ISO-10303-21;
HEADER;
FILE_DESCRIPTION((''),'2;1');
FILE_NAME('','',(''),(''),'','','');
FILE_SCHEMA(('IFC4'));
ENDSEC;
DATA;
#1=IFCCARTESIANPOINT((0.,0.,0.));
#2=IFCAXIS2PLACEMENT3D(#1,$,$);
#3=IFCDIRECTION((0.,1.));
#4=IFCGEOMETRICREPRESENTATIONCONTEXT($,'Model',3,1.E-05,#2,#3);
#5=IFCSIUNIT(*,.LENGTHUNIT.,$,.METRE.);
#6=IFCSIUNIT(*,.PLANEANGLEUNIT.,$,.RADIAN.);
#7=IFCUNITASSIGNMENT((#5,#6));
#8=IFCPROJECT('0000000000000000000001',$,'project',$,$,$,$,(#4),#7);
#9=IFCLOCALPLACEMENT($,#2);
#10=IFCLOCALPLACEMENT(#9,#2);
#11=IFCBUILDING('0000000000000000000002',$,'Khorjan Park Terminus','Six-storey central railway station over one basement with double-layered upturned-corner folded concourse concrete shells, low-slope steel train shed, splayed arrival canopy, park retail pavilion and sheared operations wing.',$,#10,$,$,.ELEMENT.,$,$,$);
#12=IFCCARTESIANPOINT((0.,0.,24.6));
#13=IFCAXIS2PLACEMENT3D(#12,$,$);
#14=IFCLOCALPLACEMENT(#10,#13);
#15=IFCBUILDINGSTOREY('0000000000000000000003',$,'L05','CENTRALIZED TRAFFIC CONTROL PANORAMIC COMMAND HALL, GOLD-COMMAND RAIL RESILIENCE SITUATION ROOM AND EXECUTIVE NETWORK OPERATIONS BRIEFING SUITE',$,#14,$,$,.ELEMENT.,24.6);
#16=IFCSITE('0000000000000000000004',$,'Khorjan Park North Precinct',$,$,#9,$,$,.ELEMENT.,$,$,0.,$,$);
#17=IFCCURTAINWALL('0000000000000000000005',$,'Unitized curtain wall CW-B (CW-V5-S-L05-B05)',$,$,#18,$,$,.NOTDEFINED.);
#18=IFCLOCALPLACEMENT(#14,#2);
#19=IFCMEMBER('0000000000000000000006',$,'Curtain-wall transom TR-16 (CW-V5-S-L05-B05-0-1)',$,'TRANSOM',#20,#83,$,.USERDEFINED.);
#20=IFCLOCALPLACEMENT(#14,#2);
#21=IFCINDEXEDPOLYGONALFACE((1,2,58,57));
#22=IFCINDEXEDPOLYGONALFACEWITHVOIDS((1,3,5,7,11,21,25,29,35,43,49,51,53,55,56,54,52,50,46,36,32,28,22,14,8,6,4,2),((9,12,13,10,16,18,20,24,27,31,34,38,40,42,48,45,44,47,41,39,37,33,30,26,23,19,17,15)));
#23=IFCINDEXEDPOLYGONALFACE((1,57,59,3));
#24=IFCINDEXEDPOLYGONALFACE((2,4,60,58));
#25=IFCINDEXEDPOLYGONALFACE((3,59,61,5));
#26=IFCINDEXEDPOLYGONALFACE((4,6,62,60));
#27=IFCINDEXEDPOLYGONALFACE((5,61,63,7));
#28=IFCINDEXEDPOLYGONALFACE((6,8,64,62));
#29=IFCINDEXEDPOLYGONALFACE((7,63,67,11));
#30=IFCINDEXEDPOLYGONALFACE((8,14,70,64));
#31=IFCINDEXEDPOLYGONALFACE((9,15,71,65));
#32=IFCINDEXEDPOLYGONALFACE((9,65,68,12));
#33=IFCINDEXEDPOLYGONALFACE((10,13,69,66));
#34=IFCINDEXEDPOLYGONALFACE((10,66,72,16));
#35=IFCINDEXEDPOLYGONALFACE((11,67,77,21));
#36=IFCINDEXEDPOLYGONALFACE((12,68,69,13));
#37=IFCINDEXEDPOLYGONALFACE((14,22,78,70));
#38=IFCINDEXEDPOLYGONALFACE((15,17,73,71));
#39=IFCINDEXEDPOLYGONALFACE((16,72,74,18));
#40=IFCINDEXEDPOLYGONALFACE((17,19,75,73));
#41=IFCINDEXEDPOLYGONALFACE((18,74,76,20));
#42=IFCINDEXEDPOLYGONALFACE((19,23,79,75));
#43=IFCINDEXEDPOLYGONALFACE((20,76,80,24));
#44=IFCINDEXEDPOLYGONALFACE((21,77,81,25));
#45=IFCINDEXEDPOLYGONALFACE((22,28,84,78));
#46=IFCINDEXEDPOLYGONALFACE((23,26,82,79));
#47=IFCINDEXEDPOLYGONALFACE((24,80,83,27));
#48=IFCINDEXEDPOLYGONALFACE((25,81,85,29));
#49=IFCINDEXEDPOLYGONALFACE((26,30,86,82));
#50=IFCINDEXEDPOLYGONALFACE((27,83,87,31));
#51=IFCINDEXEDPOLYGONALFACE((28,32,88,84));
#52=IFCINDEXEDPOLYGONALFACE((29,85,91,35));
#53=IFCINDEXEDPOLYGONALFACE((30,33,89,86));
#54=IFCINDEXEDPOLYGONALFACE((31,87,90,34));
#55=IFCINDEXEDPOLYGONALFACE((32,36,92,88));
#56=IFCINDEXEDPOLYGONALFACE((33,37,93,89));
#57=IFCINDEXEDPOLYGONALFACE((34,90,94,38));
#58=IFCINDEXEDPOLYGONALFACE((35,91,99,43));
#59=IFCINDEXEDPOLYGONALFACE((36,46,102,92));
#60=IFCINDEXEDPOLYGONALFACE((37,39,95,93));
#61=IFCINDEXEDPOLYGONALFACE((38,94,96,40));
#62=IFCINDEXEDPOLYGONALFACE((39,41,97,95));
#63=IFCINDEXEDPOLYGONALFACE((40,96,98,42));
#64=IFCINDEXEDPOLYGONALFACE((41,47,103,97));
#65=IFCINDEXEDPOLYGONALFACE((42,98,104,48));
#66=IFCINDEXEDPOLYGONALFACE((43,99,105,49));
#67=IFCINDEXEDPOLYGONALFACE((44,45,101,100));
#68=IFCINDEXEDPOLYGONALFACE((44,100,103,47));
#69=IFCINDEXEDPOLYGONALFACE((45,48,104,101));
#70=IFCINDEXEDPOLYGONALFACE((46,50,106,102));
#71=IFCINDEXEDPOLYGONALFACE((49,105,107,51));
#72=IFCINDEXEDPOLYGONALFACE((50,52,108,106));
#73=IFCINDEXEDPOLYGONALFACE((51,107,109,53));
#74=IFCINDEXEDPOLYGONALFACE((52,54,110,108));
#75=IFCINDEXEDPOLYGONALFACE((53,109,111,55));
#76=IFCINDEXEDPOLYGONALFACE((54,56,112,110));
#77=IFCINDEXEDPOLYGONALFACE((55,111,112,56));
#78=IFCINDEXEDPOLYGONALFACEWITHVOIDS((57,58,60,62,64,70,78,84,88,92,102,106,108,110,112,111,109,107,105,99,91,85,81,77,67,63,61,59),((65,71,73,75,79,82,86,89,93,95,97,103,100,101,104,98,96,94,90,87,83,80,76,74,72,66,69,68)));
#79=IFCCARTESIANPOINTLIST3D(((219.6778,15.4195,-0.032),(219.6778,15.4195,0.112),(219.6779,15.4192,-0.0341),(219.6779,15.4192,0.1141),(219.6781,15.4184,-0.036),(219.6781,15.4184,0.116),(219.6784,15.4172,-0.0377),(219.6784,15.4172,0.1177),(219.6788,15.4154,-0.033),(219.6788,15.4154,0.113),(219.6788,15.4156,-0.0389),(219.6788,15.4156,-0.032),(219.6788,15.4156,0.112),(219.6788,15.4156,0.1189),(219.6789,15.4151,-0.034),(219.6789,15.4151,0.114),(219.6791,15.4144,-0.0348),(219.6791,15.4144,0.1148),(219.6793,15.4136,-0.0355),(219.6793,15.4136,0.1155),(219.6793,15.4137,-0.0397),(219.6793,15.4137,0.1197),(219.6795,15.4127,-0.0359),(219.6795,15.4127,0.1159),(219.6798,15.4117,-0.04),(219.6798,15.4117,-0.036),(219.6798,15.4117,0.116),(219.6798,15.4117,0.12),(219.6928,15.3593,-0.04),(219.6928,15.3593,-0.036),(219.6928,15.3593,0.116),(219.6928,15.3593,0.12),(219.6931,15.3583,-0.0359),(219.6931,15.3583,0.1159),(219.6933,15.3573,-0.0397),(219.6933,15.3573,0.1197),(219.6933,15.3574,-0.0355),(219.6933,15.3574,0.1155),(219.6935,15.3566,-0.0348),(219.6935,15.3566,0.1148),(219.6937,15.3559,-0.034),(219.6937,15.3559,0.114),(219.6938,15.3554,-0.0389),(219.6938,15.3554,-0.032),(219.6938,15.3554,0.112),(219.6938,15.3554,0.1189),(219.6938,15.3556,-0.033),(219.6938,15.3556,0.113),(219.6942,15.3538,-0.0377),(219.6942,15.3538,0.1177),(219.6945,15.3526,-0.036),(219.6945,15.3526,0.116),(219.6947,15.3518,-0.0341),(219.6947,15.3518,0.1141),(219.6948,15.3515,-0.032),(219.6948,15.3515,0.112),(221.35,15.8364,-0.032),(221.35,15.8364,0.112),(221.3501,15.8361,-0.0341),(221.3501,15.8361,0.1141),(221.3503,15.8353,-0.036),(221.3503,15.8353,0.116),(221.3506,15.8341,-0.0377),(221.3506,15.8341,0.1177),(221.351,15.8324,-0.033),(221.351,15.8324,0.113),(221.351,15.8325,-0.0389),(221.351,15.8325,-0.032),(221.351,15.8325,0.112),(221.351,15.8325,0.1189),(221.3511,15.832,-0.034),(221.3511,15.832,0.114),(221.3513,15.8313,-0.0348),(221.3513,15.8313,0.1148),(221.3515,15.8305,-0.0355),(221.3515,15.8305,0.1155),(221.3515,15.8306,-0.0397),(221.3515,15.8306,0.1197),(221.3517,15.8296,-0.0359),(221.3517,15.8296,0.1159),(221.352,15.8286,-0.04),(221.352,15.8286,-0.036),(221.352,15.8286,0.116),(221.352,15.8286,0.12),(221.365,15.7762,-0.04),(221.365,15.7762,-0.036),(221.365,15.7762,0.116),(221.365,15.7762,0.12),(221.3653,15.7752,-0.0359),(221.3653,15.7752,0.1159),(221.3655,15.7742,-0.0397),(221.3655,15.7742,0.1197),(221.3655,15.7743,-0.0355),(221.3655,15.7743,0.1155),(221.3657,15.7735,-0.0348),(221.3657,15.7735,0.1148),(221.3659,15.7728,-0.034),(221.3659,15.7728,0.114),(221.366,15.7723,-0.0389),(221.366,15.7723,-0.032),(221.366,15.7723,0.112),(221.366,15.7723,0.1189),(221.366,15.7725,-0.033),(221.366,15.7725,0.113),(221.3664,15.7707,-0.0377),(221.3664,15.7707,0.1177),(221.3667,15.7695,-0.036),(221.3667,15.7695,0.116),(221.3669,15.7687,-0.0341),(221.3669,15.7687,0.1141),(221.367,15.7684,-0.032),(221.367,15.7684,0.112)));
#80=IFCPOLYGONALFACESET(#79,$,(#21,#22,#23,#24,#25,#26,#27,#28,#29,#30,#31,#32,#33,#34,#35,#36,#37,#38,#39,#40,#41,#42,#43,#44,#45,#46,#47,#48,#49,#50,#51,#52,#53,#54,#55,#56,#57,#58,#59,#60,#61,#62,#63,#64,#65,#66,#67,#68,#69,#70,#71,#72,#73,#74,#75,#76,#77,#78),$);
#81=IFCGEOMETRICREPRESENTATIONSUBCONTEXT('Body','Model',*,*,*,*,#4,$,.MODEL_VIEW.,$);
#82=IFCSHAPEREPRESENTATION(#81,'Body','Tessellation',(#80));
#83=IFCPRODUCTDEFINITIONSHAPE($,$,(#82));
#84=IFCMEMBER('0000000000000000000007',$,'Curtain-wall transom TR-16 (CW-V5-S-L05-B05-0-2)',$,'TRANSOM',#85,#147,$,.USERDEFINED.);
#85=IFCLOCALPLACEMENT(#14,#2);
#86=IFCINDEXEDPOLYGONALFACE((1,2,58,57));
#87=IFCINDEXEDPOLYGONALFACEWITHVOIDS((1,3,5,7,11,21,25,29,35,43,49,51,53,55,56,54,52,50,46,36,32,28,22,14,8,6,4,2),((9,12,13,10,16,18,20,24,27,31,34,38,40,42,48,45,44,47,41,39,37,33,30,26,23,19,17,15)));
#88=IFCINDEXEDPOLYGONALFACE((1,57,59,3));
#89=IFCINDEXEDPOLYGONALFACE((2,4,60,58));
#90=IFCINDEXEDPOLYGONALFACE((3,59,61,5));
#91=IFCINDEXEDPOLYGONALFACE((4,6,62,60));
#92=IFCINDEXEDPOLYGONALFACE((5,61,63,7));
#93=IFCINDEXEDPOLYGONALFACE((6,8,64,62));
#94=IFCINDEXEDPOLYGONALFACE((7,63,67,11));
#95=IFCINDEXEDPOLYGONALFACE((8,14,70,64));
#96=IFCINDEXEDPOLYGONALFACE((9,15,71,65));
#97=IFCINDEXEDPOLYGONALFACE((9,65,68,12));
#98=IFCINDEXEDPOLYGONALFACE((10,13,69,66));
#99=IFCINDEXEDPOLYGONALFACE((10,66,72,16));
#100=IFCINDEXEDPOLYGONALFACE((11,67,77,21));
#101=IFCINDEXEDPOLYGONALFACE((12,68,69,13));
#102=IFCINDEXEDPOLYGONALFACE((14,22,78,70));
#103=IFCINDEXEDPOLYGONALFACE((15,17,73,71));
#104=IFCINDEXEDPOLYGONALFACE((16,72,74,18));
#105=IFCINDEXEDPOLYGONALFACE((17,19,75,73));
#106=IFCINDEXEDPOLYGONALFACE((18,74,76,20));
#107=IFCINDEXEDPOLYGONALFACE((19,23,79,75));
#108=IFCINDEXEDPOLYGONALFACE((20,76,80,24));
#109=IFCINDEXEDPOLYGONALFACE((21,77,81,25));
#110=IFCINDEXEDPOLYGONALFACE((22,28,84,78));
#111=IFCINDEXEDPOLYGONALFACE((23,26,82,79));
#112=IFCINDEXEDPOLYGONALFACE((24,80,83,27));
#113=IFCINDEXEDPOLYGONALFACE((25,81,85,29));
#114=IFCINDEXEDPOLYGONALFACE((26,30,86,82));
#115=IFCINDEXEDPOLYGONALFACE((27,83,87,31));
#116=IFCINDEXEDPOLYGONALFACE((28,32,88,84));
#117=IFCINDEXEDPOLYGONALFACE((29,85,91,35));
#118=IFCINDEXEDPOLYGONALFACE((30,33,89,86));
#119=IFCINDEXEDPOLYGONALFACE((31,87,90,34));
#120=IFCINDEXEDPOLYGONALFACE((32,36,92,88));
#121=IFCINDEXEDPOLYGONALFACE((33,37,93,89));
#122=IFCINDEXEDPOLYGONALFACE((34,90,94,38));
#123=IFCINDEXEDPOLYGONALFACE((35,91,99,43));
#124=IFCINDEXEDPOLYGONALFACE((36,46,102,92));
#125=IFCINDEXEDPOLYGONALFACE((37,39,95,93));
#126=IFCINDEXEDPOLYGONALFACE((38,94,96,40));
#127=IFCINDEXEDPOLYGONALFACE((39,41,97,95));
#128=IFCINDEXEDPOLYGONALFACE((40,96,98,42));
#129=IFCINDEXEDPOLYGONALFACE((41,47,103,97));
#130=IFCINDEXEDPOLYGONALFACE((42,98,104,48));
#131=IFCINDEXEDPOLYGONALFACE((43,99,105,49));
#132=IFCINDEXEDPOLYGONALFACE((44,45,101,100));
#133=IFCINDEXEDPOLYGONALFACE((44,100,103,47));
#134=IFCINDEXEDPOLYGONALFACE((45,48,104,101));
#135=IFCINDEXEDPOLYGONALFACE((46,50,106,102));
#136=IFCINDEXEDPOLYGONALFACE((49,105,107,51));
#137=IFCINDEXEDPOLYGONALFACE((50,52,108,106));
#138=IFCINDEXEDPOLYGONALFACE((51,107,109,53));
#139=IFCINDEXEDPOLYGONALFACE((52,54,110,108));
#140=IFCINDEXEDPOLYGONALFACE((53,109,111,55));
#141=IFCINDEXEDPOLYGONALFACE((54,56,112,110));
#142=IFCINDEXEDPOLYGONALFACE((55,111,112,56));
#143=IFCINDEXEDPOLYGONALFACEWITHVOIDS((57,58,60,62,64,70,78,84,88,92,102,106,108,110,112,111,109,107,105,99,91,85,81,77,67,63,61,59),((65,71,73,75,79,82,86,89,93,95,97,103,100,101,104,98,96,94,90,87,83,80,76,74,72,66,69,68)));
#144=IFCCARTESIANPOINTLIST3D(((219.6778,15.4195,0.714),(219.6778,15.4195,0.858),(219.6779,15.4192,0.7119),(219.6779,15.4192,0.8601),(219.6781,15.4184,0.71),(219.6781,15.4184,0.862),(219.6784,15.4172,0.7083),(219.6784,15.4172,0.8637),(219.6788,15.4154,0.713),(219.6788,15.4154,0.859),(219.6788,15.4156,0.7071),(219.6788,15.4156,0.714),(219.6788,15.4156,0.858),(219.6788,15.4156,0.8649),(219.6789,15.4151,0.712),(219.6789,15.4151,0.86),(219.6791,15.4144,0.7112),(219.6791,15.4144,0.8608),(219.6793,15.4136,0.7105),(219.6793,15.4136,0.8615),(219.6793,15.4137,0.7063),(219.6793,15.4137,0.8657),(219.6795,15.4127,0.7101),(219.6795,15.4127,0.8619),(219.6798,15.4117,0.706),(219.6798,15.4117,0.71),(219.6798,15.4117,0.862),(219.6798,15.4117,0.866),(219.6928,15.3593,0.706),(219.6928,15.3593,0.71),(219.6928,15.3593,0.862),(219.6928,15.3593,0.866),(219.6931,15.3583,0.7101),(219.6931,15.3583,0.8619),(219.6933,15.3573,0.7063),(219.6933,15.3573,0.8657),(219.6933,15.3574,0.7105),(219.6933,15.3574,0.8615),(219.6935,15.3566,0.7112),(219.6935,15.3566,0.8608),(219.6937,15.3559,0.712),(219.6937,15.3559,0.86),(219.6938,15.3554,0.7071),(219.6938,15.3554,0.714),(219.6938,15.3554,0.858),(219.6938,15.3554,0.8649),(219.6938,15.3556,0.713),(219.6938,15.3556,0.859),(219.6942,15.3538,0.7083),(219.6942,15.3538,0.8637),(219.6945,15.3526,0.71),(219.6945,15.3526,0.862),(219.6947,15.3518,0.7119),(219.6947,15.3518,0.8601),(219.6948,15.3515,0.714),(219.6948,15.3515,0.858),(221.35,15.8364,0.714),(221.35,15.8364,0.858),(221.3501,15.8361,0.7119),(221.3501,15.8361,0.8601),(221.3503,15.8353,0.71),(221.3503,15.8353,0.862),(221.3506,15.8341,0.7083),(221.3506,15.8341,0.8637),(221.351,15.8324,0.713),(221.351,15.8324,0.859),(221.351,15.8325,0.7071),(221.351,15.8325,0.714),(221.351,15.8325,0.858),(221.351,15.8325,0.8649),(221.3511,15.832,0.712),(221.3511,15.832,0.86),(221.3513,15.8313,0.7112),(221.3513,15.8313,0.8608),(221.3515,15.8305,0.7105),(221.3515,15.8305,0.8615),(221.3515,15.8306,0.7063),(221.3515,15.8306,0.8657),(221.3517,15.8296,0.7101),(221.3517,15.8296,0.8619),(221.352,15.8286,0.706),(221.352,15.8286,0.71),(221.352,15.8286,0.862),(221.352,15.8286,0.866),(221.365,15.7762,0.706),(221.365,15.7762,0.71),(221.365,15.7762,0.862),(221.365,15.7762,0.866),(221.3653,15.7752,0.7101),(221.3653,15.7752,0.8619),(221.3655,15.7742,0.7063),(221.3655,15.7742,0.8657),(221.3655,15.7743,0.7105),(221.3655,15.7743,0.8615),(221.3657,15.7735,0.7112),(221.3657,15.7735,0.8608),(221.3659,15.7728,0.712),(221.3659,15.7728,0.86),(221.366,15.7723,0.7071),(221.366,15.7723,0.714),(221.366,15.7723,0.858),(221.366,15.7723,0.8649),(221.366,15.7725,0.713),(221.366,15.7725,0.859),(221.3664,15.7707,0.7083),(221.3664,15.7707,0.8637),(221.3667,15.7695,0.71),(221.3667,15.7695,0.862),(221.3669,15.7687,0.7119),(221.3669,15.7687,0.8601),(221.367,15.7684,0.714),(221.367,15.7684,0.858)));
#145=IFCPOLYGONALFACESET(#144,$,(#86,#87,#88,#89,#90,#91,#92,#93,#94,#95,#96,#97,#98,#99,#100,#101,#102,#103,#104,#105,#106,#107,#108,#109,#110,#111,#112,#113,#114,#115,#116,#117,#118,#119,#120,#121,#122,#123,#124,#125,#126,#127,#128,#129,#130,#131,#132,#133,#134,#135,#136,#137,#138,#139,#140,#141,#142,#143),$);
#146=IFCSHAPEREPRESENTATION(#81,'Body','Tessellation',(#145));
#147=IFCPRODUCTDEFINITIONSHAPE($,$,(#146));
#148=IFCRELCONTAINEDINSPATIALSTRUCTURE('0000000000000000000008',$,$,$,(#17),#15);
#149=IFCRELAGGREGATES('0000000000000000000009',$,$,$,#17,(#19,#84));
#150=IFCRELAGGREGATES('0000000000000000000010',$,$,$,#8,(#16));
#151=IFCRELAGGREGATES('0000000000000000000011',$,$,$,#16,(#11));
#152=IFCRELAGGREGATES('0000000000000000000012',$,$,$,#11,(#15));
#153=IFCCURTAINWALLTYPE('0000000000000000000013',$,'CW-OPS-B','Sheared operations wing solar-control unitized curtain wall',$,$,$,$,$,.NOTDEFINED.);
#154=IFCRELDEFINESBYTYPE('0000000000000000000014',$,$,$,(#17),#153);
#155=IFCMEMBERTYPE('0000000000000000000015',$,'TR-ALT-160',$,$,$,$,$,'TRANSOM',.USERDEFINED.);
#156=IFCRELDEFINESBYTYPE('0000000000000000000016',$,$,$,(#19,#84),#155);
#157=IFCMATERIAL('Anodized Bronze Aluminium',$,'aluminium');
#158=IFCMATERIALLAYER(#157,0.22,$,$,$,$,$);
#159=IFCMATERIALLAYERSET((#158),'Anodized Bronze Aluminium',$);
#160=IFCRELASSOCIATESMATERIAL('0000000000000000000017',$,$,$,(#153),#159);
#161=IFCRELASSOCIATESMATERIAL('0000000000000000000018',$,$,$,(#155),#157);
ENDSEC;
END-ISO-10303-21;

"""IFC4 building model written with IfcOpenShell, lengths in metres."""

from ifc_helpers import new_model, si_unit, direction, frame, origin, origin_2d, place, context, subcontext, project, spatial, hollow_rectangle, extrude, material, layer, layer_set, material_profile, profile_set, type_object, element, aggregate, save


model = new_model("IFC4")

# Units and contexts
model_context = context("Model", 3, precision=1e-05, world=origin(), true_north=direction((0.0, 1.0)))
body_context = subcontext(model_context, "Body", "Model", "MODEL_VIEW")
ifc_project = project(units=[si_unit("LENGTHUNIT", "METRE"), si_unit("PLANEANGLEUNIT", "RADIAN")], contexts=[model_context])

# Site, building, storey
site_placement = place(None, origin())
site = spatial("IfcSite", under=ifc_project, at=site_placement, Name="Khorjan Park North Precinct", CompositionType="ELEMENT", RefElevation=0.0)
building_placement = place(site_placement, origin())
building = spatial("IfcBuilding", under=site, at=building_placement, Name="Khorjan Park Terminus", Description="Six-storey central railway station over one basement with double-layered upturned-corner folded concourse concrete shells, low-slope steel train shed, splayed arrival canopy, park retail pavilion and sheared operations wing.", CompositionType="ELEMENT")
storey_placement = place(building_placement, frame((0.0, 0.0, 24.6)))
storey = spatial("IfcBuildingStorey", under=building, at=storey_placement, Name="L05", Description="CENTRALIZED TRAFFIC CONTROL PANORAMIC COMMAND HALL, GOLD-COMMAND RAIL RESILIENCE SITUATION ROOM AND EXECUTIVE NETWORK OPERATIONS BRIEFING SUITE", CompositionType="ELEMENT", Elevation=24.6)

# Curtain wall, members
ifc_material_1 = material(Name="Anodized Bronze Aluminium", Category="aluminium")
ifc_layer_1 = layer(ifc_material_1, 0.22)
ifc_layer_set_1 = layer_set([ifc_layer_1], Name="Anodized Bronze Aluminium")
curtain_wall_type = type_object("IfcCurtainWallType", Name="CW-OPS-B", Description="Sheared operations wing solar-control unitized curtain wall", PredefinedType="NOTDEFINED", material=ifc_layer_set_1)
curtain_wall_placement = place(storey_placement, origin())
curtain_wall = element("IfcCurtainWall", 1, at=curtain_wall_placement, inside=storey, type_object=curtain_wall_type, Name="Unitized curtain wall CW-B (CW-V5-S-L05-B05)", PredefinedType="NOTDEFINED")
ifc_material_profile_1 = material_profile(ifc_material_1, hollow_rectangle(XDim=0.07, YDim=0.16, WallThickness=0.004, InnerFilletRadius=0.004, OuterFilletRadius=0.008, at=origin_2d()), Name="ALT 70x160x4")
ifc_profile_set_1 = profile_set([ifc_material_profile_1], Name="Anodized Bronze Aluminium")
member_type_1 = type_object("IfcMemberType", Name="TR-ALT-160", ElementType="TRANSOM", PredefinedType="USERDEFINED", material=ifc_profile_set_1)
member_1_placement = place(storey_placement, frame((219.6863, 15.3855, 0.04), z_axis=(0.970299, 0.241908, 0.0), x_axis=(-0.241908, 0.970299, 0.0)))
member_1 = element("IfcMember", 2, at=member_1_placement, type_object=member_type_1, Name="Curtain-wall transom TR-16 (CW-V5-S-L05-B05-0-1)", ObjectType="TRANSOM", PredefinedType="USERDEFINED", context=body_context, shape_type="SweptSolid", body=[
    extrude(hollow_rectangle(XDim=0.07, YDim=0.16, WallThickness=0.004, InnerFilletRadius=0.004, OuterFilletRadius=0.008, at=origin_2d()), origin(), (0.0, 0.0, 1.0), 1.7234),
])
member_2_placement = place(storey_placement, frame((219.6863, 15.3855, 0.786), z_axis=(0.970299, 0.241908, 0.0), x_axis=(-0.241908, 0.970299, 0.0)))
member_2 = element("IfcMember", 3, at=member_2_placement, type_object=member_type_1, Name="Curtain-wall transom TR-16 (CW-V5-S-L05-B05-0-2)", ObjectType="TRANSOM", PredefinedType="USERDEFINED", context=body_context, shape_type="SweptSolid", body=[
    extrude(hollow_rectangle(XDim=0.07, YDim=0.16, WallThickness=0.004, InnerFilletRadius=0.004, OuterFilletRadius=0.008, at=origin_2d()), origin(), (0.0, 0.0, 1.0), 1.7234),
])
aggregate(curtain_wall, [member_1, member_2])

save(model, "model.ifc")
